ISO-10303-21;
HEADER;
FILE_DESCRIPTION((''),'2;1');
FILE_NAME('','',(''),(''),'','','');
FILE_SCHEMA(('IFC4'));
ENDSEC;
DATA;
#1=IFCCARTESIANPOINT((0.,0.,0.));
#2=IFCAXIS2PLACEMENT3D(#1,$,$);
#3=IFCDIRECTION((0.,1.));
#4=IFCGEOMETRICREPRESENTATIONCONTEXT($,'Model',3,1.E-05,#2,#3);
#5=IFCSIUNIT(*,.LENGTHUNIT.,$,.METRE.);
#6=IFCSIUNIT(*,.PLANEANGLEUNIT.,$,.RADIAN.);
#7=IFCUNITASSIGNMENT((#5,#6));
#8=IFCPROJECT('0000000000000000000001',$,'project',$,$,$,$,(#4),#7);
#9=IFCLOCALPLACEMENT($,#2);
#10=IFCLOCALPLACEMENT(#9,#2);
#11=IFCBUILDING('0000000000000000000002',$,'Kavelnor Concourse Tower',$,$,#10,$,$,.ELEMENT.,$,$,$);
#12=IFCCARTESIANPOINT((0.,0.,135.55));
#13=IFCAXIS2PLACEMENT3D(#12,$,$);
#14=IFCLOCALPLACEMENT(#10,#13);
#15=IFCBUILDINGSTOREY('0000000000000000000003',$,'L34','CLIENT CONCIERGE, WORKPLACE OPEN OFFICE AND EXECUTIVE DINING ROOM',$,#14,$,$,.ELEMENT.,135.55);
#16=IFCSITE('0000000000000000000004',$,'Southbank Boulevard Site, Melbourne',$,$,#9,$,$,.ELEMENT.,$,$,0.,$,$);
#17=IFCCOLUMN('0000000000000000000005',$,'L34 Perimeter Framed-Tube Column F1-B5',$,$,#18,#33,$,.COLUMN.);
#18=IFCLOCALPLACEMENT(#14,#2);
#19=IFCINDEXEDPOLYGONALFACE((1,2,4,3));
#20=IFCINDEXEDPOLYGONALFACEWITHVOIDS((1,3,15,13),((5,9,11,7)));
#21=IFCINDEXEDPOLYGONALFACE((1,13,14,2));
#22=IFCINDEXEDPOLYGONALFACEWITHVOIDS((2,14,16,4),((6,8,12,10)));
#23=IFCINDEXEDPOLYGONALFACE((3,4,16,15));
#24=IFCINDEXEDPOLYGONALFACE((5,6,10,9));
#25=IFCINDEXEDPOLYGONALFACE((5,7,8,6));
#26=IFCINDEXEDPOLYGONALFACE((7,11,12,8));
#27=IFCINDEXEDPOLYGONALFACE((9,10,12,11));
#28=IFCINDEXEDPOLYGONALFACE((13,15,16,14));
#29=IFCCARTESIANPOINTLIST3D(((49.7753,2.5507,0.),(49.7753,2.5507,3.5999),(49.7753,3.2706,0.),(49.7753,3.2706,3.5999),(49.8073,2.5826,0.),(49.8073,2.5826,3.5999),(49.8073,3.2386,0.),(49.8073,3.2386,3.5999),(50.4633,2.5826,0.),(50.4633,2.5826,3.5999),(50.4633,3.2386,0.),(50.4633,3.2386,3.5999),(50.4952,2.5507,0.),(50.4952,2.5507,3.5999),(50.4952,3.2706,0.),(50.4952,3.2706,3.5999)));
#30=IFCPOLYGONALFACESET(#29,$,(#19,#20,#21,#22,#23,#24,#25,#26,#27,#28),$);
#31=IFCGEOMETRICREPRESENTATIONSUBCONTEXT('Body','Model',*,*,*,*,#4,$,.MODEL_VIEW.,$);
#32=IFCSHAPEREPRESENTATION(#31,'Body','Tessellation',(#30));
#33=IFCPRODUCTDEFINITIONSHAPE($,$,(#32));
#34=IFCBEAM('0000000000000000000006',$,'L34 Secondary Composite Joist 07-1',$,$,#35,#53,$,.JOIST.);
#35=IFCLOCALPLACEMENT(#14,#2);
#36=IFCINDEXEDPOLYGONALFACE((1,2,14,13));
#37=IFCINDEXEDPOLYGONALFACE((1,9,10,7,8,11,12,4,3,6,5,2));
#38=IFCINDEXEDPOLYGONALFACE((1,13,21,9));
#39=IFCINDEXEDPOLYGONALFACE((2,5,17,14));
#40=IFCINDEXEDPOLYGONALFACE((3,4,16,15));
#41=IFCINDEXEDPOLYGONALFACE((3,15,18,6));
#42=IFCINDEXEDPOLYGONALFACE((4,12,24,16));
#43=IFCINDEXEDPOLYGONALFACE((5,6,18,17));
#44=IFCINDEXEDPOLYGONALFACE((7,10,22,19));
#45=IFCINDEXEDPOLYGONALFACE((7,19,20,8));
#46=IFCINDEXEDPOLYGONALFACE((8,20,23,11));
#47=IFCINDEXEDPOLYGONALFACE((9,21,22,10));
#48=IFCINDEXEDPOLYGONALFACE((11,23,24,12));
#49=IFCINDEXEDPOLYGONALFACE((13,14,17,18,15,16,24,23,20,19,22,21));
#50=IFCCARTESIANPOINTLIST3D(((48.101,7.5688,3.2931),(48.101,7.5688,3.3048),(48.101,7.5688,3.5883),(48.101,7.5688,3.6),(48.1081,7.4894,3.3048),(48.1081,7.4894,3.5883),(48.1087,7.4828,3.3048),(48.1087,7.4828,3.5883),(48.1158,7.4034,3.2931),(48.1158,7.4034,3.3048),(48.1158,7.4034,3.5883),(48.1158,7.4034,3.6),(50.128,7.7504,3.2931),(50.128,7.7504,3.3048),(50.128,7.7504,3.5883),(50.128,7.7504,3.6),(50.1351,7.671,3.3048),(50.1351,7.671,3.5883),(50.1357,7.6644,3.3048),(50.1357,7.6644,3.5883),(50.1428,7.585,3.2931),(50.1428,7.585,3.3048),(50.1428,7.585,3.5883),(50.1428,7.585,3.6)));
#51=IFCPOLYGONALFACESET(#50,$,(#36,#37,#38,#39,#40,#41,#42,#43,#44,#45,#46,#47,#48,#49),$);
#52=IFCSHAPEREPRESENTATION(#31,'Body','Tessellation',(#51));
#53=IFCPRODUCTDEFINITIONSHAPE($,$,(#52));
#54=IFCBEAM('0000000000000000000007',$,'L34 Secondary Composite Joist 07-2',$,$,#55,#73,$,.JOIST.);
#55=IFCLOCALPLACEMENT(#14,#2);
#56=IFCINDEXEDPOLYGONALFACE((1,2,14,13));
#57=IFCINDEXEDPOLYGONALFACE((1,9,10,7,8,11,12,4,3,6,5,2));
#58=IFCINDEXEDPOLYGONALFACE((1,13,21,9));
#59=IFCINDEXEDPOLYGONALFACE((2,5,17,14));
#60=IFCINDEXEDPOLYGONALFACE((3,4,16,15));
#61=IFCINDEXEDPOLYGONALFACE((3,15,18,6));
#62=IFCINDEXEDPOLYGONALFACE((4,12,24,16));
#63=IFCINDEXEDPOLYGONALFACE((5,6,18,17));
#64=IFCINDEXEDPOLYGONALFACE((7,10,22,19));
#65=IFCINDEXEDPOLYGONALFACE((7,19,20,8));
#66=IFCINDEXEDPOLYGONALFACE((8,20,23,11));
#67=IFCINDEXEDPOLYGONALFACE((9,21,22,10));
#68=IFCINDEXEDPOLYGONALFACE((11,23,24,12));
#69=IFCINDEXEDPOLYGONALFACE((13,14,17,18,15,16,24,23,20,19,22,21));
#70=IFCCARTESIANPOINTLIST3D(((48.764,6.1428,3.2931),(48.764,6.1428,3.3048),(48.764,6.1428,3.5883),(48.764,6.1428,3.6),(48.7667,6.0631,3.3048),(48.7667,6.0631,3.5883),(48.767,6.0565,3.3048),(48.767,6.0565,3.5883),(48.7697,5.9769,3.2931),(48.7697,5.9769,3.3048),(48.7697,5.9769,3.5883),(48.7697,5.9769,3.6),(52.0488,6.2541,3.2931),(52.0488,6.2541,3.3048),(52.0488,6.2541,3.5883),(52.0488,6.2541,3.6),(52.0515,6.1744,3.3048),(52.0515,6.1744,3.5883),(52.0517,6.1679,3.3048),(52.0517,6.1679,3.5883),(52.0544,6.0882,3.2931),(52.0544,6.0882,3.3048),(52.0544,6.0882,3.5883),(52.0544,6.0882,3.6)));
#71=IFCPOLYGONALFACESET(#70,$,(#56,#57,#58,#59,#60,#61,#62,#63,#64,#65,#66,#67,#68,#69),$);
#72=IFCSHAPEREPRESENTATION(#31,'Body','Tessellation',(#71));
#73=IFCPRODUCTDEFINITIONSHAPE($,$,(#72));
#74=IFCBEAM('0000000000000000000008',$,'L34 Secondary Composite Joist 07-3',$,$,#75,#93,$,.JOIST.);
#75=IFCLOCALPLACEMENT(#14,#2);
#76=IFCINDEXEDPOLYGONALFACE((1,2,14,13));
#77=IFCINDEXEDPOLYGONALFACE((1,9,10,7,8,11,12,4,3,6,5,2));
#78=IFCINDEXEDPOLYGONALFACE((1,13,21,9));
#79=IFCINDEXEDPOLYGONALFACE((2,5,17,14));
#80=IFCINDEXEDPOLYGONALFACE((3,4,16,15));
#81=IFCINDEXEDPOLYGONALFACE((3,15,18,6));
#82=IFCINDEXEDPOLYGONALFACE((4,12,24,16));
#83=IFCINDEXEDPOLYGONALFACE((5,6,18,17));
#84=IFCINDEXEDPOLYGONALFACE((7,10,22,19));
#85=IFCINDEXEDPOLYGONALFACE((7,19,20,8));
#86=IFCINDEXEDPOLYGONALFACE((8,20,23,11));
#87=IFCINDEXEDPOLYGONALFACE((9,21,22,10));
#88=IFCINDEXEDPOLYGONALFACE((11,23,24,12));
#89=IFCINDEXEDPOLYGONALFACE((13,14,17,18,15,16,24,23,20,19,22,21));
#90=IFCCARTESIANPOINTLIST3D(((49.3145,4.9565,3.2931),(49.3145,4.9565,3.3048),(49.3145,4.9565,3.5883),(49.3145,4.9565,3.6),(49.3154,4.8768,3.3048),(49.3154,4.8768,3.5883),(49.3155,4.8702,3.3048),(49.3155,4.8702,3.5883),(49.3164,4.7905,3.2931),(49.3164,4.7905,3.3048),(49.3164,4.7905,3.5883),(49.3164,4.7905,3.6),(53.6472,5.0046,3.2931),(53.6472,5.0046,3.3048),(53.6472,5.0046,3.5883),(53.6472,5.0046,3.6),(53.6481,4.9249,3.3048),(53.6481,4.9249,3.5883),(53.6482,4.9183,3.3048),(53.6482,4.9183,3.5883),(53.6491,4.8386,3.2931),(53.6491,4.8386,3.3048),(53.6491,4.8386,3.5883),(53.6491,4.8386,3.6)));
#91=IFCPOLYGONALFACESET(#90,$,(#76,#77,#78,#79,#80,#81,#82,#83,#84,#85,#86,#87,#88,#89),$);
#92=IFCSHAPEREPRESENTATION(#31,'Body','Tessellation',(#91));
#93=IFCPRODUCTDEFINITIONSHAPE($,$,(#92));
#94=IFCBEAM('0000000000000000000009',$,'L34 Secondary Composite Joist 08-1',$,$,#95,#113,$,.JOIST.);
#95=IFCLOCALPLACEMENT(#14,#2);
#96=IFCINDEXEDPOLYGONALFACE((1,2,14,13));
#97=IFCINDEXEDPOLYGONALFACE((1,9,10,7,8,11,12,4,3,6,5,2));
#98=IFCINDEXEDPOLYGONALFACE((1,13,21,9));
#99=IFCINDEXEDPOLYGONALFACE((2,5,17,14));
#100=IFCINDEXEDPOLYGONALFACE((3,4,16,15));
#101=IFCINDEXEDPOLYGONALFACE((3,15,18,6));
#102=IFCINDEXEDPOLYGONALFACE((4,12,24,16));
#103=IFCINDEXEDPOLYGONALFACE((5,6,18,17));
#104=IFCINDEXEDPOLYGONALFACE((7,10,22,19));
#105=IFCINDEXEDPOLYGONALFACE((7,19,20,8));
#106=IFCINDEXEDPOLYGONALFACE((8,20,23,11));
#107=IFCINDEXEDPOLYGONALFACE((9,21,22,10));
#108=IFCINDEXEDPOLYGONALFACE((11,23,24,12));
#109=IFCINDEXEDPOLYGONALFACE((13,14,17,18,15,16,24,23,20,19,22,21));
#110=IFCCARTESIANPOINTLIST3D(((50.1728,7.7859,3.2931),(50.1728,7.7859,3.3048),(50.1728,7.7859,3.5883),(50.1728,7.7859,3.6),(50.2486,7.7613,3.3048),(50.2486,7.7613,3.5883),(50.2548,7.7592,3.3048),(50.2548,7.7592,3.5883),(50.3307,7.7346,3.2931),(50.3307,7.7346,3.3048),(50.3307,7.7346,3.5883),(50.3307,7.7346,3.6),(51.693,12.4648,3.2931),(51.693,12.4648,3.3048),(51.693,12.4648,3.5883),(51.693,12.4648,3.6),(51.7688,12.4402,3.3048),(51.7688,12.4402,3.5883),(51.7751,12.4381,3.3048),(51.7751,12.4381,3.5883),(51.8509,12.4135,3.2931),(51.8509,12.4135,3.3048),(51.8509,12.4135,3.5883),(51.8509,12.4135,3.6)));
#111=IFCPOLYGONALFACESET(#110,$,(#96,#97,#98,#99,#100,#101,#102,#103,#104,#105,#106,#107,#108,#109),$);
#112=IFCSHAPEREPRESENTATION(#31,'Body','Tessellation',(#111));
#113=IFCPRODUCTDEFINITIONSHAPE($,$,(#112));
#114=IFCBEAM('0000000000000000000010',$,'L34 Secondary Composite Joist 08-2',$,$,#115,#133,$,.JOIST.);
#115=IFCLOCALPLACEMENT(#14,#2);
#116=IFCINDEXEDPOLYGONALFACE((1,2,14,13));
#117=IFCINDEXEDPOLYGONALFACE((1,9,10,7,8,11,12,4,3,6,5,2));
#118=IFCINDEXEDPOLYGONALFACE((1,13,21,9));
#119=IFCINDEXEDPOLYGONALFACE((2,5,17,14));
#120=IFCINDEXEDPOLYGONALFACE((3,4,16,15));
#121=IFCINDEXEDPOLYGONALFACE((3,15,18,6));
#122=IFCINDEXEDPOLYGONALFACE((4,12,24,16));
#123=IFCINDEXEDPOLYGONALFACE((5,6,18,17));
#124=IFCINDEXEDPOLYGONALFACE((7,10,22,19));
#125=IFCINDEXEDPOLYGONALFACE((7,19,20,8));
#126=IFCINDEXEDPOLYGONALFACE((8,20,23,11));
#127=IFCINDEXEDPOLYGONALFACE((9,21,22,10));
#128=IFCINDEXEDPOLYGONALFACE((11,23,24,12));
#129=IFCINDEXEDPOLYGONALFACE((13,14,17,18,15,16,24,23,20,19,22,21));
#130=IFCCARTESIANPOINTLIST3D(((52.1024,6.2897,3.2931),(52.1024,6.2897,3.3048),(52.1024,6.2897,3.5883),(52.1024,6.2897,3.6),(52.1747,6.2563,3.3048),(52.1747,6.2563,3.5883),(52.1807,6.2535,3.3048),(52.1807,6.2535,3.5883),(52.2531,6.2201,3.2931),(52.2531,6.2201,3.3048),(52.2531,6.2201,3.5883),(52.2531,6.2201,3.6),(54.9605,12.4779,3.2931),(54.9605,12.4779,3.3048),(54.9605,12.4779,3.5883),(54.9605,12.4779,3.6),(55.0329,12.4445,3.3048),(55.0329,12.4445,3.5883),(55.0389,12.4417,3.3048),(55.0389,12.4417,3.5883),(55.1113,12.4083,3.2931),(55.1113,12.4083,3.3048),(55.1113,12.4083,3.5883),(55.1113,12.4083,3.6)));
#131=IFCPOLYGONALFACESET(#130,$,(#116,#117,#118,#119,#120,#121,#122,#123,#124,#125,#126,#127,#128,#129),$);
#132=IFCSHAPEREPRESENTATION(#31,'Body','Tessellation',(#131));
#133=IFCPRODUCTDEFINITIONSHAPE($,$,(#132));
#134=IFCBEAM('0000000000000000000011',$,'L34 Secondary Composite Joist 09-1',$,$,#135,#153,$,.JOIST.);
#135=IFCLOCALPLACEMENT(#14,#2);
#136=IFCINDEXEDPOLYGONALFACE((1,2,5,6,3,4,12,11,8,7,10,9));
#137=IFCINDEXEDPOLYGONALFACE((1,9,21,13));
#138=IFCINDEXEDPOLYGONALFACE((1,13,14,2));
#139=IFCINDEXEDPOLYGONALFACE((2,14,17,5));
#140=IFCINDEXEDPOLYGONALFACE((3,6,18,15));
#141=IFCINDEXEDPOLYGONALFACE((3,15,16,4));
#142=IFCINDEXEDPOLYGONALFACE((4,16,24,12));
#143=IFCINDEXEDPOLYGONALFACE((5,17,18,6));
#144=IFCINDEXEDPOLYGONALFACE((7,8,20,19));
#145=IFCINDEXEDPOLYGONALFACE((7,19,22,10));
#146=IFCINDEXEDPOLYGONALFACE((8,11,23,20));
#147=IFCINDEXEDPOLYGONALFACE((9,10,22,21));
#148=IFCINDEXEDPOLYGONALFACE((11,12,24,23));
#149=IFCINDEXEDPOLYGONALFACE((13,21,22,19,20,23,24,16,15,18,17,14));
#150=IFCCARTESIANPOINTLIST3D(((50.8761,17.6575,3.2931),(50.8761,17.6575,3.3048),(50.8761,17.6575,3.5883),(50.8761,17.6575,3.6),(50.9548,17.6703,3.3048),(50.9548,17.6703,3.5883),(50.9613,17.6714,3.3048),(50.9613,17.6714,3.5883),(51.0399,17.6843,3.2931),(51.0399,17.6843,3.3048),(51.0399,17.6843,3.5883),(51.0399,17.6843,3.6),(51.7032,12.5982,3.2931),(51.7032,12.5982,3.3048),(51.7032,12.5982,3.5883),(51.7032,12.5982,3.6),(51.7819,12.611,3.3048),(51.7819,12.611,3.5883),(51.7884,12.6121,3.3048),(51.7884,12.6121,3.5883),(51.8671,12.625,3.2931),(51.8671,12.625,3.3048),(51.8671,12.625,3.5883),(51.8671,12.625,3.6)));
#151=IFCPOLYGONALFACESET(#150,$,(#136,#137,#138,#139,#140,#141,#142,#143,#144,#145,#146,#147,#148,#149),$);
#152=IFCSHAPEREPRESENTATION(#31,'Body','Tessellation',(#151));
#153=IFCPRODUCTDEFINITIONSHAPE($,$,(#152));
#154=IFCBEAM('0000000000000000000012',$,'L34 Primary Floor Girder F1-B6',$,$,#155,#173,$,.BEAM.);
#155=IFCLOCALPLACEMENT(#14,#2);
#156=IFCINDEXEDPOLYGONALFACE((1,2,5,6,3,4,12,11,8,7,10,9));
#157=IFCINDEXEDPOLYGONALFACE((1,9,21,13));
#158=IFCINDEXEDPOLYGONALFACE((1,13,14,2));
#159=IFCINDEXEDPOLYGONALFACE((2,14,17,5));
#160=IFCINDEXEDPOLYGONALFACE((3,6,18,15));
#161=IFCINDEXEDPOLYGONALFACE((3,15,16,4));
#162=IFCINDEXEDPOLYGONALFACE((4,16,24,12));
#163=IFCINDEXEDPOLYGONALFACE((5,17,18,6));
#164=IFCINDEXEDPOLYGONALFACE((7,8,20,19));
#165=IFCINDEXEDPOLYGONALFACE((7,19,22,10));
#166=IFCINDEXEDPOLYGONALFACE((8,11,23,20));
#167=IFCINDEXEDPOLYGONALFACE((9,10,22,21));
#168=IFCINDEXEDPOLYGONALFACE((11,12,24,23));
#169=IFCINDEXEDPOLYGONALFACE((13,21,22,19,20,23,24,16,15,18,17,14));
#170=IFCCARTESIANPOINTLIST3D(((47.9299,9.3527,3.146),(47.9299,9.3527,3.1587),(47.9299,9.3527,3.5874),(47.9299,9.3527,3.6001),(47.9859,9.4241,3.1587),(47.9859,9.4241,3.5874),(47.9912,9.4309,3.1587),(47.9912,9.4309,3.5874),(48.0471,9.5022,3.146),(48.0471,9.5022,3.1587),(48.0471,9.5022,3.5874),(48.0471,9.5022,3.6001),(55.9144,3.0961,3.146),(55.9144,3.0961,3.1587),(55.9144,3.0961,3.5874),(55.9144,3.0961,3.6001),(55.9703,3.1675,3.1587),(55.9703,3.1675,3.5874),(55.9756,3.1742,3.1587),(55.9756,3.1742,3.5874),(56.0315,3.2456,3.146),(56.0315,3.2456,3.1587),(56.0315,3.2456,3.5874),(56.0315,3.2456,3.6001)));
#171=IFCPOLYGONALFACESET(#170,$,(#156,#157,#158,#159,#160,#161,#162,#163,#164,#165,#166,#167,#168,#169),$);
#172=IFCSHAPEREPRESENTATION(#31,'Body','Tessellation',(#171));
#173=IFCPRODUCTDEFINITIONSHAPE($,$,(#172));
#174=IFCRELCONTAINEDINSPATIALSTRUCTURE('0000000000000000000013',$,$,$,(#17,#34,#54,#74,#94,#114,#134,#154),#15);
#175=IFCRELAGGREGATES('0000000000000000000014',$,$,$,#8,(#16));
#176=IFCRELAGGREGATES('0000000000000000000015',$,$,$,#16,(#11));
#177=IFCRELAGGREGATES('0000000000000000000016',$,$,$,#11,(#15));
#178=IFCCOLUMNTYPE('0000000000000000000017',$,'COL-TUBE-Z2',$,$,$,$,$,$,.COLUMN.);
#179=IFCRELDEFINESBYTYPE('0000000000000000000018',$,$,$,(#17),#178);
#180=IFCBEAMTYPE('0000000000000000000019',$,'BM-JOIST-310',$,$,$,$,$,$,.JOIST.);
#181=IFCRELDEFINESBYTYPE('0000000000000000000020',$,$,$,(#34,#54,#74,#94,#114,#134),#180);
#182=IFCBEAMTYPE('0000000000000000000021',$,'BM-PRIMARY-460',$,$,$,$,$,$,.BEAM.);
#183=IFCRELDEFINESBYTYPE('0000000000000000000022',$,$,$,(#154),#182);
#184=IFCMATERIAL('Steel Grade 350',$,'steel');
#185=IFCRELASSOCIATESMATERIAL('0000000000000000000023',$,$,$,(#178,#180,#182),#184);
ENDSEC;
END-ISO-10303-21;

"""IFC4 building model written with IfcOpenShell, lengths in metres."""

from ifc_helpers import new_model, si_unit, direction, frame, origin, origin_2d, place, context, subcontext, project, spatial, hollow_rectangle, i_section, extrude, material, material_profile, profile_set, type_object, element, save


model = new_model("IFC4")

# Units and contexts
model_context = context("Model", 3, precision=1e-05, world=origin(), true_north=direction((0.0, 1.0)))
body_context = subcontext(model_context, "Body", "Model", "MODEL_VIEW")
ifc_project = project(units=[si_unit("LENGTHUNIT", "METRE"), si_unit("PLANEANGLEUNIT", "RADIAN")], contexts=[model_context])

# Site, building, storey
site_placement = place(None, origin())
site = spatial("IfcSite", under=ifc_project, at=site_placement, Name="Southbank Boulevard Site, Melbourne", CompositionType="ELEMENT", RefElevation=0.0)
building_placement = place(site_placement, origin())
building = spatial("IfcBuilding", under=site, at=building_placement, Name="Kavelnor Concourse Tower", CompositionType="ELEMENT")
storey_placement = place(building_placement, frame((0.0, 0.0, 135.55)))
storey = spatial("IfcBuildingStorey", under=building, at=storey_placement, Name="L34", Description="CLIENT CONCIERGE, WORKPLACE OPEN OFFICE AND EXECUTIVE DINING ROOM", CompositionType="ELEMENT", Elevation=135.55)

# Column
ifc_material_1 = material(Name="Steel Grade 350", Category="steel")
ifc_material_profile_1 = material_profile(ifc_material_1, hollow_rectangle(XDim=0.72, YDim=0.72, WallThickness=0.032, at=origin_2d()), Name="SHS 720x720x32")
ifc_profile_set_1 = profile_set([ifc_material_profile_1], Name="Steel Grade 350")
column_type = type_object("IfcColumnType", Name="COL-TUBE-Z2", PredefinedType="COLUMN", material=ifc_profile_set_1)
column_placement = place(storey_placement, frame((50.1353, 2.9106, 0.0), z_axis=(0.0, 0.0, 1.0), x_axis=(1.0, 0.0, 0.0)))
element("IfcColumn", 1, at=column_placement, inside=storey, type_object=column_type, Name="L34 Perimeter Framed-Tube Column F1-B5", PredefinedType="COLUMN", context=body_context, shape_type="SweptSolid", body=[
    extrude(hollow_rectangle(XDim=0.72, YDim=0.72, WallThickness=0.032, at=origin_2d()), origin(), (0.0, 0.0, 1.0), 3.5999),
])

# Beams
ifc_material_profile_2 = material_profile(ifc_material_1, i_section(OverallWidth=0.166, OverallDepth=0.3069, WebThickness=0.0066, FlangeThickness=0.0117, at=origin_2d()), Name="310UB46")
ifc_profile_set_2 = profile_set([ifc_material_profile_2], Name="Steel Grade 350")
beam_type_1 = type_object("IfcBeamType", Name="BM-JOIST-310", PredefinedType="JOIST", material=ifc_profile_set_2)
beam_1_placement = place(storey_placement, frame((48.1084, 7.4861, 3.4465), z_axis=(0.996009, 0.089249, 0.0), x_axis=(-0.089249, 0.996009, 0.0)))
element("IfcBeam", 2, at=beam_1_placement, inside=storey, type_object=beam_type_1, Name="L34 Secondary Composite Joist 07-1", PredefinedType="JOIST", context=body_context, shape_type="SweptSolid", body=[
    extrude(i_section(OverallWidth=0.166, OverallDepth=0.3069, WebThickness=0.0066, FlangeThickness=0.0117, at=origin_2d()), origin(), (0.0, 0.0, 1.0), 2.0352),
])
beam_2_placement = place(storey_placement, frame((48.7668, 6.0598, 3.4465), z_axis=(0.999426, 0.033874, 0.0), x_axis=(-0.033874, 0.999426, 0.0)))
element("IfcBeam", 3, at=beam_2_placement, inside=storey, type_object=beam_type_1, Name="L34 Secondary Composite Joist 07-2", PredefinedType="JOIST", context=body_context, shape_type="SweptSolid", body=[
    extrude(i_section(OverallWidth=0.166, OverallDepth=0.3069, WebThickness=0.0066, FlangeThickness=0.0117, at=origin_2d()), origin(), (0.0, 0.0, 1.0), 3.2866),
])
beam_3_placement = place(storey_placement, frame((49.3154, 4.8735, 3.4465), z_axis=(0.999938, 0.0111, 0.0), x_axis=(-0.0111, 0.999938, 0.0)))
element("IfcBeam", 4, at=beam_3_placement, inside=storey, type_object=beam_type_1, Name="L34 Secondary Composite Joist 07-3", PredefinedType="JOIST", context=body_context, shape_type="SweptSolid", body=[
    extrude(i_section(OverallWidth=0.166, OverallDepth=0.3069, WebThickness=0.0066, FlangeThickness=0.0117, at=origin_2d()), origin(), (0.0, 0.0, 1.0), 4.333),
])
beam_4_placement = place(storey_placement, frame((50.2517, 7.7603, 3.4465), z_axis=(0.309013, 0.951058, 0.0), x_axis=(-0.951058, 0.309013, 0.0)))
element("IfcBeam", 5, at=beam_4_placement, inside=storey, type_object=beam_type_1, Name="L34 Secondary Composite Joist 08-1", PredefinedType="JOIST", context=body_context, shape_type="SweptSolid", body=[
    extrude(i_section(OverallWidth=0.166, OverallDepth=0.3069, WebThickness=0.0066, FlangeThickness=0.0117, at=origin_2d()), origin(), (0.0, 0.0, 1.0), 4.9197),
])
beam_5_placement = place(storey_placement, frame((52.1777, 6.2549, 3.4465), z_axis=(0.419306, 0.907845, 0.0), x_axis=(-0.907845, 0.419306, 0.0)))
element("IfcBeam", 6, at=beam_5_placement, inside=storey, type_object=beam_type_1, Name="L34 Secondary Composite Joist 08-2", PredefinedType="JOIST", context=body_context, shape_type="SweptSolid", body=[
    extrude(i_section(OverallWidth=0.166, OverallDepth=0.3069, WebThickness=0.0066, FlangeThickness=0.0117, at=origin_2d()), origin(), (0.0, 0.0, 1.0), 6.8164),
])
beam_6_placement = place(storey_placement, frame((51.7852, 12.6116, 3.4465), z_axis=(-0.161348, 0.986898, 0.0), x_axis=(-0.986898, -0.161348, 0.0)))
element("IfcBeam", 7, at=beam_6_placement, inside=storey, type_object=beam_type_1, Name="L34 Secondary Composite Joist 09-1", PredefinedType="JOIST", context=body_context, shape_type="SweptSolid", body=[
    extrude(i_section(OverallWidth=0.166, OverallDepth=0.3069, WebThickness=0.0066, FlangeThickness=0.0117, at=origin_2d()), origin(), (0.0, 0.0, 1.0), 5.1265),
])
ifc_material_profile_3 = material_profile(ifc_material_1, i_section(OverallWidth=0.1899, OverallDepth=0.4541, WebThickness=0.0085, FlangeThickness=0.0127, at=origin_2d()), Name="460UB67")
ifc_profile_set_3 = profile_set([ifc_material_profile_3], Name="Steel Grade 350")
beam_type_2 = type_object("IfcBeamType", Name="BM-PRIMARY-460", PredefinedType="BEAM", material=ifc_profile_set_3)
beam_7_placement = place(storey_placement, frame((47.9885, 9.4275, 3.373), z_axis=(0.787124, -0.616794, 0.0), x_axis=(0.616794, 0.787124, 0.0)))
element("IfcBeam", 8, at=beam_7_placement, inside=storey, type_object=beam_type_2, Name="L34 Primary Floor Girder F1-B6", PredefinedType="BEAM", context=body_context, shape_type="SweptSolid", body=[
    extrude(i_section(OverallWidth=0.1899, OverallDepth=0.4541, WebThickness=0.0085, FlangeThickness=0.0127, at=origin_2d()), origin(), (0.0, 0.0, 1.0), 10.1438),
])

save(model, "model.ifc")
